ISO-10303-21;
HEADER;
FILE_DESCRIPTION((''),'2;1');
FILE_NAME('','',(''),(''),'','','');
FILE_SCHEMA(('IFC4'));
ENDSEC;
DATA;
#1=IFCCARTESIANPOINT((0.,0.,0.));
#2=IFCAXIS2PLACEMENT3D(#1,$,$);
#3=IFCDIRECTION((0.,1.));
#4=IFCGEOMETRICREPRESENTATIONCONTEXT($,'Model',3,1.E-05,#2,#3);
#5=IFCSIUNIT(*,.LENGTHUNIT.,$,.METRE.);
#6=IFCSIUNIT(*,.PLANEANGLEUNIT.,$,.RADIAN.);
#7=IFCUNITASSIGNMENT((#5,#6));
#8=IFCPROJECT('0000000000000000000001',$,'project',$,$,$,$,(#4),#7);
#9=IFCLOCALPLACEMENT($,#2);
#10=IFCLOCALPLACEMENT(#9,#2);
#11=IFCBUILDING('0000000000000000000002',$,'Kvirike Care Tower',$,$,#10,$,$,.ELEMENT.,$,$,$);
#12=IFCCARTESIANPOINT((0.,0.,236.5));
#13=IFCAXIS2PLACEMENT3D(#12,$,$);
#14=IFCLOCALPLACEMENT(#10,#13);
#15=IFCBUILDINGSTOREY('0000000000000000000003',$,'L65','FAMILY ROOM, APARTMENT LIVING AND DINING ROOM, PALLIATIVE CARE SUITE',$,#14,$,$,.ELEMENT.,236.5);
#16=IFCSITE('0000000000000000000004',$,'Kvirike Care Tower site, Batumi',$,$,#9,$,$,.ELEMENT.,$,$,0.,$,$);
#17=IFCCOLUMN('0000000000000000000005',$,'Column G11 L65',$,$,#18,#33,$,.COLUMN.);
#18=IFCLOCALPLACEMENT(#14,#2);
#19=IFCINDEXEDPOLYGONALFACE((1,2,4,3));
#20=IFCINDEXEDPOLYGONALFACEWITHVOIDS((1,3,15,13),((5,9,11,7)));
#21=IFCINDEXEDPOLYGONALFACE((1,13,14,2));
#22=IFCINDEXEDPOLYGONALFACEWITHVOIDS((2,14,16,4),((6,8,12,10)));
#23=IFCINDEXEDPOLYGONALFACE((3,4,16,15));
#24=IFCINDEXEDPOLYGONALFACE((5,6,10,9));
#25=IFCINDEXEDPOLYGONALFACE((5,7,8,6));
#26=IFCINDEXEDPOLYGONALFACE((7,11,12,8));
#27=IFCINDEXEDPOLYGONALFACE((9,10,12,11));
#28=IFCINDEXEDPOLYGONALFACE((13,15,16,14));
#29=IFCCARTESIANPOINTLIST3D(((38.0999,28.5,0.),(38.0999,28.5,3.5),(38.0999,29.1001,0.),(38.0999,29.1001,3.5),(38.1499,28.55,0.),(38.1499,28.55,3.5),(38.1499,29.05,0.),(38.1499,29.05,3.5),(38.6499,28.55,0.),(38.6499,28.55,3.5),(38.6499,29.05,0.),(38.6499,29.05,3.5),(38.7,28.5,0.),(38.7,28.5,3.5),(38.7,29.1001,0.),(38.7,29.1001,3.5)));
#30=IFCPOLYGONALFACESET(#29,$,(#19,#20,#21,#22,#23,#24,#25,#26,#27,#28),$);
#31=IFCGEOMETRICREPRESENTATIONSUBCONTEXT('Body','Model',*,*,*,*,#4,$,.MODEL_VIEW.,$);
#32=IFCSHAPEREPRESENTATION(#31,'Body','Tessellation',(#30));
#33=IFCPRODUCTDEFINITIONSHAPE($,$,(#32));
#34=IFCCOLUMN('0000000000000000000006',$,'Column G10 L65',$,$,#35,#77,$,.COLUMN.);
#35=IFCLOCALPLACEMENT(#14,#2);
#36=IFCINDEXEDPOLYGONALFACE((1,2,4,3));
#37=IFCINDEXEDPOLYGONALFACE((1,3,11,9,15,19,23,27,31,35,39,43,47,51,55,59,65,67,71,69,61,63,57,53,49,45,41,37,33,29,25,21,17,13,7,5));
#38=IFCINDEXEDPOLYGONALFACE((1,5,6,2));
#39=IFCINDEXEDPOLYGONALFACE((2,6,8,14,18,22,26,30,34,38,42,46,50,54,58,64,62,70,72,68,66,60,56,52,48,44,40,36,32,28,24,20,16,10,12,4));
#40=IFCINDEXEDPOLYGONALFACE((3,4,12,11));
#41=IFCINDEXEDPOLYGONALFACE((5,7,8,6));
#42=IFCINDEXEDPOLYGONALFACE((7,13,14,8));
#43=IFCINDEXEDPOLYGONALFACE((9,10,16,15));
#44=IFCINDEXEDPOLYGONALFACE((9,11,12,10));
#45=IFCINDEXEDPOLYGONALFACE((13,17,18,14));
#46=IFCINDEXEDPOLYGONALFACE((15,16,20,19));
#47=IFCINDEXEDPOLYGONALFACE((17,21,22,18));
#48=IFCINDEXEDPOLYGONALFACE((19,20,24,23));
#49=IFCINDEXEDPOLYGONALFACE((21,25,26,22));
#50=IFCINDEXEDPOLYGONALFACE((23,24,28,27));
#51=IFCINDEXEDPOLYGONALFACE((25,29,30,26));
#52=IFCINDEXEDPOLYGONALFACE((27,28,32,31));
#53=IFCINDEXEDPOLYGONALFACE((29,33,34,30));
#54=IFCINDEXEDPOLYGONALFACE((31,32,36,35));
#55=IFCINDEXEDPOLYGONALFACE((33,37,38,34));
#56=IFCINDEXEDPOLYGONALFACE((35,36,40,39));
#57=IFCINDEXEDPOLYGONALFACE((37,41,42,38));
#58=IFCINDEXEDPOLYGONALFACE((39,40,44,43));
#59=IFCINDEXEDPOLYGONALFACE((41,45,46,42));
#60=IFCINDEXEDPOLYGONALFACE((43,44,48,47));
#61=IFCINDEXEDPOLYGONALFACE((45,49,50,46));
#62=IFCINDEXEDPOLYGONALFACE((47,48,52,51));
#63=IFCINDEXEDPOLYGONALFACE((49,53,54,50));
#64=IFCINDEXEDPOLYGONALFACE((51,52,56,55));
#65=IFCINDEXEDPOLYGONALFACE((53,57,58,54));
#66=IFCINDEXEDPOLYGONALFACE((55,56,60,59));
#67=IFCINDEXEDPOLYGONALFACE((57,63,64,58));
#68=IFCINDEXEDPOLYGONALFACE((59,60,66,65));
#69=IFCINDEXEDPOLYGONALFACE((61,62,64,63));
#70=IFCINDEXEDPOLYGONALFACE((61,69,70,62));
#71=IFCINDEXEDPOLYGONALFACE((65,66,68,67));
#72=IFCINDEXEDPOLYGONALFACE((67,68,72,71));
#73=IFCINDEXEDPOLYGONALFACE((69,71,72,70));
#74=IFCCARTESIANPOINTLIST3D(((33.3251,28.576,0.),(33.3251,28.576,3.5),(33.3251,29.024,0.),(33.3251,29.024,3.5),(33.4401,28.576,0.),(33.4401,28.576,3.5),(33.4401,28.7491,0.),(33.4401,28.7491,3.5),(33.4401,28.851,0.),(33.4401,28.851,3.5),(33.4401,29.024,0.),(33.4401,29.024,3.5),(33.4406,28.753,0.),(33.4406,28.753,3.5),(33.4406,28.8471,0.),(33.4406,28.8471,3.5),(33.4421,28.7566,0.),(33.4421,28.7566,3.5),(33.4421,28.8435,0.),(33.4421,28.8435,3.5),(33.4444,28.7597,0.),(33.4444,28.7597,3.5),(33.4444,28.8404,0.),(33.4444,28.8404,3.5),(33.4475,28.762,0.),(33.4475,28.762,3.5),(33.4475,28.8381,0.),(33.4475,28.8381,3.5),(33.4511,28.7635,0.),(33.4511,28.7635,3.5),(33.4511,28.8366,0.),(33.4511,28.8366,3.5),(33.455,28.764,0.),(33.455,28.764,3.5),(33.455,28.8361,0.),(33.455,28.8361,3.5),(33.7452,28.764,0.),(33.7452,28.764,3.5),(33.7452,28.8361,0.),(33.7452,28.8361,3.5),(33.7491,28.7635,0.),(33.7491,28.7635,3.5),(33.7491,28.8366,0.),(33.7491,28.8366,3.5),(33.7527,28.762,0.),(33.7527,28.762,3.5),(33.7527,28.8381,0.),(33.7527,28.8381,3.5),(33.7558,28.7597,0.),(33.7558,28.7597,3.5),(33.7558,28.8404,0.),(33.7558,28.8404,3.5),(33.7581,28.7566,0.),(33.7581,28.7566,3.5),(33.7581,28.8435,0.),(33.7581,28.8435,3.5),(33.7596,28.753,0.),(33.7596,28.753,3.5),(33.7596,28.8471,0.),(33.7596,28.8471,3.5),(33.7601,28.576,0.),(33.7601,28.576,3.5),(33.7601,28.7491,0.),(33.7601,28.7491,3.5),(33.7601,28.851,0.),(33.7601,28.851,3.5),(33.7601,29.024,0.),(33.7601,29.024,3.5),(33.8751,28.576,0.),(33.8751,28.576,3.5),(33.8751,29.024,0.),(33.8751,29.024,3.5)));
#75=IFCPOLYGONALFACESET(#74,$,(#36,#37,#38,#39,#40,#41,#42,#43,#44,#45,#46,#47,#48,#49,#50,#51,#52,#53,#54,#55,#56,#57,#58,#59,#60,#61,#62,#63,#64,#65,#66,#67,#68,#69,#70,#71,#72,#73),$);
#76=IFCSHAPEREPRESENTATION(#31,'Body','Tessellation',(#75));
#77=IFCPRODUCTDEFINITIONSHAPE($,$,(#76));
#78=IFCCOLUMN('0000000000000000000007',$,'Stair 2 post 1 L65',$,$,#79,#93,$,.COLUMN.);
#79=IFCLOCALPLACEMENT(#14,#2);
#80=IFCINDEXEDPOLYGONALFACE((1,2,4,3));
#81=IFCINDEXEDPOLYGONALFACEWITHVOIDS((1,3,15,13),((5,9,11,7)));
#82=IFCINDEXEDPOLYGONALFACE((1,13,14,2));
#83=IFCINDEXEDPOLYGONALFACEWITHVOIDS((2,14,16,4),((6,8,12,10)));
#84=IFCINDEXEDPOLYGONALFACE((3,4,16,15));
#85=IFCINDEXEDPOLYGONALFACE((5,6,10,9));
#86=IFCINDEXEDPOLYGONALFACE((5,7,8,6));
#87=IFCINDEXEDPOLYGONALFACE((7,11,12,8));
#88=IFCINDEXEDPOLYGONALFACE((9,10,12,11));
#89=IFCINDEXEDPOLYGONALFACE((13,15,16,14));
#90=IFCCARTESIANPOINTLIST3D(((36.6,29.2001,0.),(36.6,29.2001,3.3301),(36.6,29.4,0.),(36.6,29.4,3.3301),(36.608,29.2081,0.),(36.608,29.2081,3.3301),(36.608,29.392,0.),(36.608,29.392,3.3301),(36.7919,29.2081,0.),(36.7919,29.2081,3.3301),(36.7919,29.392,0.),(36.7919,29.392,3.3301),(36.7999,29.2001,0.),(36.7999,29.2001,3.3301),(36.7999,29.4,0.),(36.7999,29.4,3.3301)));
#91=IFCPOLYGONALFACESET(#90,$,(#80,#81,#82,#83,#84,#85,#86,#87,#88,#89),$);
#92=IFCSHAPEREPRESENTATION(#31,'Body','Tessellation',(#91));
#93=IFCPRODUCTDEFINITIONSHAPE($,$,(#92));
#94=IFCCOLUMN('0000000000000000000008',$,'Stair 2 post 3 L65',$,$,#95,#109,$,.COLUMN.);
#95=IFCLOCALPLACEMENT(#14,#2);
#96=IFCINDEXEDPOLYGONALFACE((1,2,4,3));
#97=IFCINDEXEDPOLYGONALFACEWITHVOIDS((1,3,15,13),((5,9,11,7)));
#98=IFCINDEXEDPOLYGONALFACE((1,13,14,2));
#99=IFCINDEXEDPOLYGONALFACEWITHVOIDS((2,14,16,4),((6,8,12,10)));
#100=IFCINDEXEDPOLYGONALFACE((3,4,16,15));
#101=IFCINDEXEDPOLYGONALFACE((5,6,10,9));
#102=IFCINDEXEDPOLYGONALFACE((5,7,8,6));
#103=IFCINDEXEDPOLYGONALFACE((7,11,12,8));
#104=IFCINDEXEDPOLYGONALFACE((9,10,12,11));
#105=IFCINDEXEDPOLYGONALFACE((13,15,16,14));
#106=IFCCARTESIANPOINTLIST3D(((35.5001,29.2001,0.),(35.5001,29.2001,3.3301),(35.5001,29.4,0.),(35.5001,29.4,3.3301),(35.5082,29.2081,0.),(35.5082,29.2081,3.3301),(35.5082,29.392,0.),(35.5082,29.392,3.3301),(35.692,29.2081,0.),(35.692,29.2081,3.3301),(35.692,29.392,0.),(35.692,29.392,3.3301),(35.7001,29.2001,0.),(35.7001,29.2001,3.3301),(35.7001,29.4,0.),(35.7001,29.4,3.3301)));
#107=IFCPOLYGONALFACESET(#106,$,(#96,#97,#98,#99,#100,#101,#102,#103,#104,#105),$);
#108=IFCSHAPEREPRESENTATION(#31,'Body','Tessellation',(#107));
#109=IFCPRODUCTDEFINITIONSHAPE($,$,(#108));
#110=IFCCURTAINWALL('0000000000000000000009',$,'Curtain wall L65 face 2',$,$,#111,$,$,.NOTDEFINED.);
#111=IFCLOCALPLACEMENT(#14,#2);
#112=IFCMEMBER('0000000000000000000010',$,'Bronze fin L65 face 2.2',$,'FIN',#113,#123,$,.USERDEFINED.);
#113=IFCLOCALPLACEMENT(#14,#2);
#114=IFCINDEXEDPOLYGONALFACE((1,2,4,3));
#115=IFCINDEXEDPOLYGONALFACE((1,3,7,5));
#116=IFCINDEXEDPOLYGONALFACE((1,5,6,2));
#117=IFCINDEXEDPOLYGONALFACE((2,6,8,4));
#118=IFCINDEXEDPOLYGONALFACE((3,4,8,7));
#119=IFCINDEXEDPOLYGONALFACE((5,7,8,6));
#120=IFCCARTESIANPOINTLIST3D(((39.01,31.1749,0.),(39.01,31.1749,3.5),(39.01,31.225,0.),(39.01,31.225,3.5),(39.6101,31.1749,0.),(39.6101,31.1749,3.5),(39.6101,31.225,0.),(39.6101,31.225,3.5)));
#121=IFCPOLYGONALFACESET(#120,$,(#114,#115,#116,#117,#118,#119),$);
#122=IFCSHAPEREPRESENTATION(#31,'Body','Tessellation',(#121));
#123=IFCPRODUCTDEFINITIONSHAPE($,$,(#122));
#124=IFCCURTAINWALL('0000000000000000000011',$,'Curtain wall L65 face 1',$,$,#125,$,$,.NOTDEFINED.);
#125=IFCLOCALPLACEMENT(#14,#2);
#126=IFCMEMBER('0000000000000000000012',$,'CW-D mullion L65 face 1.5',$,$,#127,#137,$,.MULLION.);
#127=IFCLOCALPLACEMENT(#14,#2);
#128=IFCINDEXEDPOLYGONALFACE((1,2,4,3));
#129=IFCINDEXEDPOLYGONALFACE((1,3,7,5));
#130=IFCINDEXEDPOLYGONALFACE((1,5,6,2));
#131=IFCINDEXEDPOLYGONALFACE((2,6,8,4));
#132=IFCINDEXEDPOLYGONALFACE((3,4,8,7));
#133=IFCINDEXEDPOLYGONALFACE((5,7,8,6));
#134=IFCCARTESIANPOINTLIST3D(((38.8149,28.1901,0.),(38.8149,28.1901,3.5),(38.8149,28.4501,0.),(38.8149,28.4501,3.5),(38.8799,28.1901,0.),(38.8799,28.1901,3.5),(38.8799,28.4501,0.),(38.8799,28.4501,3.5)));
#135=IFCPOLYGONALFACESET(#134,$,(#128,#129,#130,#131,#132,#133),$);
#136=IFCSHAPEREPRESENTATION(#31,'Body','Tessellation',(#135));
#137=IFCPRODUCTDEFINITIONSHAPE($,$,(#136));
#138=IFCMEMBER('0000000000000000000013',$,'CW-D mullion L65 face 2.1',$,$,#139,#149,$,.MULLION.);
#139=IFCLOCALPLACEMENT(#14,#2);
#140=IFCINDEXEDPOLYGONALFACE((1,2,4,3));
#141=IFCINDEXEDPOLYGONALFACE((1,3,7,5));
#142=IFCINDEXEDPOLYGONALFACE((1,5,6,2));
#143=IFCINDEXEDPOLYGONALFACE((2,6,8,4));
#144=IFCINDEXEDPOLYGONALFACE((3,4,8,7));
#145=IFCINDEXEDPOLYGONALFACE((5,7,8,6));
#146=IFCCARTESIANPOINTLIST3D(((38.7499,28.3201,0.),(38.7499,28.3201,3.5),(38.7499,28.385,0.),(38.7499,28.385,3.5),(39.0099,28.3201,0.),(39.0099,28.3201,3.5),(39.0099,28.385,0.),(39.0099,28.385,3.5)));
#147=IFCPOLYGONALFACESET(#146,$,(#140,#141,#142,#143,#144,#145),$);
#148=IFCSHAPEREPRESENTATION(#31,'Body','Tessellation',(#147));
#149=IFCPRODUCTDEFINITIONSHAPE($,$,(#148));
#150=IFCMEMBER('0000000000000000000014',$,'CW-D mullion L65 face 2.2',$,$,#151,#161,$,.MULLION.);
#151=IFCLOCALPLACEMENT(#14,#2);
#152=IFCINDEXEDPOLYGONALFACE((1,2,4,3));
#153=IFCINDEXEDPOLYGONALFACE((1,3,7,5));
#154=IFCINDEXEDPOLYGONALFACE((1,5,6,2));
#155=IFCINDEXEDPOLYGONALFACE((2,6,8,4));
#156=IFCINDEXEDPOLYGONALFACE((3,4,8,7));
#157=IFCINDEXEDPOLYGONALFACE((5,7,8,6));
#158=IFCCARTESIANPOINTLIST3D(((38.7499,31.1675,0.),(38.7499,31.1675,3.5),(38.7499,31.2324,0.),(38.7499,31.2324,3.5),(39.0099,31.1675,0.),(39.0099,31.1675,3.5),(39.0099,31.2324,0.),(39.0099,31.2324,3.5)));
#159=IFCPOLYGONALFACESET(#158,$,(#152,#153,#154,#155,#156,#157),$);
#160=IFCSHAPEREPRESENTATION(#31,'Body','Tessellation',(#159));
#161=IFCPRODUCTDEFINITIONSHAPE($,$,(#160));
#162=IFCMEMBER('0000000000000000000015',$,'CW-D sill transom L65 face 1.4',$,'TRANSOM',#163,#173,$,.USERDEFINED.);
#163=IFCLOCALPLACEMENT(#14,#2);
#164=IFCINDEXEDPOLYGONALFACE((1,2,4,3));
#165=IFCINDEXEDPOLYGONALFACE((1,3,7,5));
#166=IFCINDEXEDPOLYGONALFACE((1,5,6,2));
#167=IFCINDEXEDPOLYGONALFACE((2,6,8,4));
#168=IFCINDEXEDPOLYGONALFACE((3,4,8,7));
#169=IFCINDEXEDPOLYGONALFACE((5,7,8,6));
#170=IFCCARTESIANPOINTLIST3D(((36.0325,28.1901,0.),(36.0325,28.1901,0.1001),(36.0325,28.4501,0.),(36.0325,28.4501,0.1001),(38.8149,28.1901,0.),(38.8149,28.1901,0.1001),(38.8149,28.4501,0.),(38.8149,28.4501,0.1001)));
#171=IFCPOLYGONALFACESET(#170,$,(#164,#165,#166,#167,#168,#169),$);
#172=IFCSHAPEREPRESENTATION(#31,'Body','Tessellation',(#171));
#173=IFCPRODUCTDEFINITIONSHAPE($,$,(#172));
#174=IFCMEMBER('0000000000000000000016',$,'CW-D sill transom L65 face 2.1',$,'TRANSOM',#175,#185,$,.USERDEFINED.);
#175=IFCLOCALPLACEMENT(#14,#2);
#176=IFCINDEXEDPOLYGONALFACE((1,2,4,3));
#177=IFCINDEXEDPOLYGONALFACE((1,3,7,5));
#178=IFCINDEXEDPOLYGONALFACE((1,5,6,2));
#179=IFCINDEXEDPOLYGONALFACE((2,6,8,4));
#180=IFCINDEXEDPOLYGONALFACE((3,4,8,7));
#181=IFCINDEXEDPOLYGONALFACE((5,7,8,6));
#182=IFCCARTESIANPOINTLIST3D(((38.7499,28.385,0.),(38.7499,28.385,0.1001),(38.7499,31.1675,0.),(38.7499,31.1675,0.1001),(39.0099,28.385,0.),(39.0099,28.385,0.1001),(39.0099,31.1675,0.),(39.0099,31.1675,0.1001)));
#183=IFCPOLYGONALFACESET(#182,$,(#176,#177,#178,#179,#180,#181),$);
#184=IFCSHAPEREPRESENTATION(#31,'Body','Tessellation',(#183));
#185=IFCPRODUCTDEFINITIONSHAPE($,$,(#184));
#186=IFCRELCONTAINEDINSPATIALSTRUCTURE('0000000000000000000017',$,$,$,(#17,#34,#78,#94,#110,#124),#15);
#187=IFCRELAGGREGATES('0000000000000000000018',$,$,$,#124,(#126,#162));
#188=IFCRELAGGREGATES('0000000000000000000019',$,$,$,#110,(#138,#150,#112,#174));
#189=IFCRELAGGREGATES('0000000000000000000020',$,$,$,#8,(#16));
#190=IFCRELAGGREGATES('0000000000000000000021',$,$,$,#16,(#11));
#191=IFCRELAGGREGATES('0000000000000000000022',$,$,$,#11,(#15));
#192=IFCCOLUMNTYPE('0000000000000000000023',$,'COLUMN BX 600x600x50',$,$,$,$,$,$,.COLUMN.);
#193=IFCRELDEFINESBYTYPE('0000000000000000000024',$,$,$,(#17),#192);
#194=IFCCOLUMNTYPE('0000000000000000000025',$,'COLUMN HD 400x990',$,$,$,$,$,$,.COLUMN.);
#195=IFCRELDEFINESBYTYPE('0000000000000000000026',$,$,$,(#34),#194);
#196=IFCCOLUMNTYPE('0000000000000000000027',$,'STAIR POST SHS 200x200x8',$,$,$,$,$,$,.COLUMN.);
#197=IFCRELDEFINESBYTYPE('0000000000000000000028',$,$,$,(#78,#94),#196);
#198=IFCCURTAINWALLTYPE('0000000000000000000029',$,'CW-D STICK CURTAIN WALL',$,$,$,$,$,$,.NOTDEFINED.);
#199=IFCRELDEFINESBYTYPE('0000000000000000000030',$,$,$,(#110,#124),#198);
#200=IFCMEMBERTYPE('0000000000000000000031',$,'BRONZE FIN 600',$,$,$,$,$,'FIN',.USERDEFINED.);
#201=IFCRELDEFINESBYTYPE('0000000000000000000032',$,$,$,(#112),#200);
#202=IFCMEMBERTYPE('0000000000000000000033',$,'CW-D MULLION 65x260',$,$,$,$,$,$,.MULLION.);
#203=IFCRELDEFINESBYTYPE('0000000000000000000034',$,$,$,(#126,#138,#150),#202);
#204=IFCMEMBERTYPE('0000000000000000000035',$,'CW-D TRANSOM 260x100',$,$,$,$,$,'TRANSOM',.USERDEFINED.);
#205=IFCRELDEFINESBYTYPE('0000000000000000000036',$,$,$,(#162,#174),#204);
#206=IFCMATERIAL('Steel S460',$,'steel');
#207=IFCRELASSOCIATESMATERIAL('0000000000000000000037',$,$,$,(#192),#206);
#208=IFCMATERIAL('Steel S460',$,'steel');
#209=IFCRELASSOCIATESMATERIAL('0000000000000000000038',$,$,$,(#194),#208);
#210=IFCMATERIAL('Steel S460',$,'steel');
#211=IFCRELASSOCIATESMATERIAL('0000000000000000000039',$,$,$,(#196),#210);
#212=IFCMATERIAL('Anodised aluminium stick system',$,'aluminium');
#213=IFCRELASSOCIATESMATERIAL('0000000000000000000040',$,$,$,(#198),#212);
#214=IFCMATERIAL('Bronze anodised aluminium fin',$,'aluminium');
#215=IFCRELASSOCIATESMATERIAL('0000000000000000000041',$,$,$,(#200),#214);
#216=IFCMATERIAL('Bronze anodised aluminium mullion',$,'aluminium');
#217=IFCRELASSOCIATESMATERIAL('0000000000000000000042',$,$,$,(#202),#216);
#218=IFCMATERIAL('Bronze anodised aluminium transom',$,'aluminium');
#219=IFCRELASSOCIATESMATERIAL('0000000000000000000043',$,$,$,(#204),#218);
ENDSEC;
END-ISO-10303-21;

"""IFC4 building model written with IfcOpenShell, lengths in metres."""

from ifc_helpers import new_model, si_unit, direction, frame, origin, origin_2d, place, context, subcontext, project, spatial, rectangle, hollow_rectangle, i_section, extrude, material, material_profile, profile_set, type_object, element, aggregate, save


model = new_model("IFC4")

# Units and contexts
model_context = context("Model", 3, precision=1e-05, world=origin(), true_north=direction((0.0, 1.0)))
body_context = subcontext(model_context, "Body", "Model", "MODEL_VIEW")
ifc_project = project(units=[si_unit("LENGTHUNIT", "METRE"), si_unit("PLANEANGLEUNIT", "RADIAN")], contexts=[model_context])

# Site, building, storey
site_placement = place(None, origin())
site = spatial("IfcSite", under=ifc_project, at=site_placement, Name="Kvirike Care Tower site, Batumi", CompositionType="ELEMENT", RefElevation=0.0)
building_placement = place(site_placement, origin())
building = spatial("IfcBuilding", under=site, at=building_placement, Name="Kvirike Care Tower", CompositionType="ELEMENT")
storey_placement = place(building_placement, frame((0.0, 0.0, 236.5)))
storey = spatial("IfcBuildingStorey", under=building, at=storey_placement, Name="L65", Description="FAMILY ROOM, APARTMENT LIVING AND DINING ROOM, PALLIATIVE CARE SUITE", CompositionType="ELEMENT", Elevation=236.5)

# Columns
ifc_material_1 = material(Name="Steel S460", Category="steel")
ifc_material_profile_1 = material_profile(ifc_material_1, hollow_rectangle(XDim=0.6001, YDim=0.6001, WallThickness=0.05, at=origin_2d()), Name="BX 600x600x50")
ifc_profile_set_1 = profile_set([ifc_material_profile_1], Name="Steel S460")
column_type_1 = type_object("IfcColumnType", Name="COLUMN BX 600x600x50", PredefinedType="COLUMN", material=ifc_profile_set_1)
column_1_placement = place(storey_placement, frame((38.3999, 28.8, 0.0), z_axis=(0.0, 0.0, 1.0), x_axis=(0.0, 1.0, 0.0)))
element("IfcColumn", 1, at=column_1_placement, inside=storey, type_object=column_type_1, Name="Column G11 L65", PredefinedType="COLUMN", context=body_context, shape_type="SweptSolid", body=[
    extrude(hollow_rectangle(XDim=0.6001, YDim=0.6001, WallThickness=0.05, at=origin_2d()), origin(), (0.0, 0.0, 1.0), 3.5),
])
ifc_material_2 = material(Name="Steel S460", Category="steel")
ifc_material_profile_2 = material_profile(ifc_material_2, i_section(OverallWidth=0.448, OverallDepth=0.55, WebThickness=0.072, FlangeThickness=0.115, FilletRadius=0.0149, at=origin_2d()), Name="HD 400x990")
ifc_profile_set_2 = profile_set([ifc_material_profile_2], Name="Steel S460")
column_type_2 = type_object("IfcColumnType", Name="COLUMN HD 400x990", PredefinedType="COLUMN", material=ifc_profile_set_2)
column_2_placement = place(storey_placement, frame((33.6001, 28.8, 0.0), z_axis=(0.0, 0.0, 1.0), x_axis=(0.0, 1.0, 0.0)))
element("IfcColumn", 2, at=column_2_placement, inside=storey, type_object=column_type_2, Name="Column G10 L65", PredefinedType="COLUMN", context=body_context, shape_type="SweptSolid", body=[
    extrude(i_section(OverallWidth=0.448, OverallDepth=0.55, WebThickness=0.072, FlangeThickness=0.115, FilletRadius=0.0149, at=origin_2d()), origin(), (0.0, 0.0, 1.0), 3.5),
])
ifc_material_3 = material(Name="Steel S460", Category="steel")
ifc_material_profile_3 = material_profile(ifc_material_3, hollow_rectangle(XDim=0.2, YDim=0.2, WallThickness=0.0081, at=origin_2d()), Name="SHS 200x200x8")
ifc_profile_set_3 = profile_set([ifc_material_profile_3], Name="Steel S460")
column_type_3 = type_object("IfcColumnType", Name="STAIR POST SHS 200x200x8", PredefinedType="COLUMN", material=ifc_profile_set_3)
for number, where, z_axis, x_axis, name in (
    (3, (36.7, 29.3, 0.0), (0.0, 0.0, 1.0), (1.0, 0.0, 0.0), "Stair 2 post 1 L65"),
    (4, (35.6001, 29.3, 0.0), (0.0, 0.0, 1.0), (1.0, 0.0, 0.0), "Stair 2 post 3 L65"),
):
    element("IfcColumn", number, at=place(storey_placement, frame(where, z_axis=z_axis, x_axis=x_axis)), inside=storey, type_object=column_type_3, Name=name, PredefinedType="COLUMN", context=body_context, shape_type="SweptSolid", body=[
        extrude(hollow_rectangle(XDim=0.2, YDim=0.2, WallThickness=0.0081, at=origin_2d()), origin(), (0.0, 0.0, 1.0), 3.3301),
    ])

# Curtain walls, members
ifc_material_4 = material(Name="Anodised aluminium stick system", Category="aluminium")
curtain_wall_type = type_object("IfcCurtainWallType", Name="CW-D STICK CURTAIN WALL", PredefinedType="NOTDEFINED", material=ifc_material_4)
curtain_wall_1_placement = place(storey_placement, origin())
curtain_wall_1 = element("IfcCurtainWall", 5, at=curtain_wall_1_placement, inside=storey, type_object=curtain_wall_type, Name="Curtain wall L65 face 2", PredefinedType="NOTDEFINED")
ifc_material_5 = material(Name="Bronze anodised aluminium fin", Category="aluminium")
ifc_material_profile_4 = material_profile(ifc_material_5, rectangle(XDim=0.05, YDim=0.6001, at=origin_2d()), Name="BRONZE FIN 600")
ifc_profile_set_4 = profile_set([ifc_material_profile_4], Name="Bronze anodised aluminium fin")
member_type_1 = type_object("IfcMemberType", Name="BRONZE FIN 600", ElementType="FIN", PredefinedType="USERDEFINED", material=ifc_profile_set_4)
member_1_placement = place(storey_placement, frame((39.3101, 31.2, 0.0), z_axis=(0.0, 0.0, 1.0), x_axis=(0.0, 1.0, 0.0)))
member_1 = element("IfcMember", 6, at=member_1_placement, type_object=member_type_1, Name="Bronze fin L65 face 2.2", ObjectType="FIN", PredefinedType="USERDEFINED", context=body_context, shape_type="SweptSolid", body=[
    extrude(rectangle(XDim=0.05, YDim=0.6001, at=origin_2d()), origin(), (0.0, 0.0, 1.0), 3.5),
])
curtain_wall_2_placement = place(storey_placement, origin())
curtain_wall_2 = element("IfcCurtainWall", 7, at=curtain_wall_2_placement, inside=storey, type_object=curtain_wall_type, Name="Curtain wall L65 face 1", PredefinedType="NOTDEFINED")
ifc_material_6 = material(Name="Bronze anodised aluminium mullion", Category="aluminium")
ifc_material_profile_5 = material_profile(ifc_material_6, rectangle(XDim=0.0649, YDim=0.26, at=origin_2d()), Name="CW-D MULLION 65x260")
ifc_profile_set_5 = profile_set([ifc_material_profile_5], Name="Bronze anodised aluminium mullion")
member_type_2 = type_object("IfcMemberType", Name="CW-D MULLION 65x260", PredefinedType="MULLION", material=ifc_profile_set_5)
member_2_placement = place(storey_placement, frame((38.8474, 28.3201, 0.0), z_axis=(0.0, 0.0, 1.0), x_axis=(1.0, 0.0, 0.0)))
member_2 = element("IfcMember", 8, at=member_2_placement, type_object=member_type_2, Name="CW-D mullion L65 face 1.5", PredefinedType="MULLION", context=body_context, shape_type="SweptSolid", body=[
    extrude(rectangle(XDim=0.0649, YDim=0.26, at=origin_2d()), origin(), (0.0, 0.0, 1.0), 3.5),
])

# Members
member_3_placement = place(storey_placement, frame((38.8799, 28.3525, 0.0), z_axis=(0.0, 0.0, 1.0), x_axis=(0.0, 1.0, 0.0)))
member_3 = element("IfcMember", 9, at=member_3_placement, type_object=member_type_2, Name="CW-D mullion L65 face 2.1", PredefinedType="MULLION", context=body_context, shape_type="SweptSolid", body=[
    extrude(rectangle(XDim=0.0649, YDim=0.26, at=origin_2d()), origin(), (0.0, 0.0, 1.0), 3.5),
])
member_4_placement = place(storey_placement, frame((38.8799, 31.2, 0.0), z_axis=(0.0, 0.0, 1.0), x_axis=(0.0, 1.0, 0.0)))
member_4 = element("IfcMember", 10, at=member_4_placement, type_object=member_type_2, Name="CW-D mullion L65 face 2.2", PredefinedType="MULLION", context=body_context, shape_type="SweptSolid", body=[
    extrude(rectangle(XDim=0.0649, YDim=0.26, at=origin_2d()), origin(), (0.0, 0.0, 1.0), 3.5),
])
ifc_material_7 = material(Name="Bronze anodised aluminium transom", Category="aluminium")
ifc_material_profile_6 = material_profile(ifc_material_7, rectangle(XDim=0.26, YDim=0.1001, at=origin_2d()), Name="CW-D TRANSOM 260x100")
ifc_profile_set_6 = profile_set([ifc_material_profile_6], Name="Bronze anodised aluminium transom")
member_type_3 = type_object("IfcMemberType", Name="CW-D TRANSOM 260x100", ElementType="TRANSOM", PredefinedType="USERDEFINED", material=ifc_profile_set_6)
member_5_placement = place(storey_placement, frame((36.0325, 28.3201, 0.05), z_axis=(1.0, 0.0, 0.0), x_axis=(0.0, 1.0, 0.0)))
member_5 = element("IfcMember", 11, at=member_5_placement, type_object=member_type_3, Name="CW-D sill transom L65 face 1.4", ObjectType="TRANSOM", PredefinedType="USERDEFINED", context=body_context, shape_type="SweptSolid", body=[
    extrude(rectangle(XDim=0.26, YDim=0.1001, at=origin_2d()), origin(), (0.0, 0.0, 1.0), 2.7825),
])
member_6_placement = place(storey_placement, frame((38.8799, 28.385, 0.05), z_axis=(0.0, 1.0, 0.0), x_axis=(-1.0, 0.0, 0.0)))
member_6 = element("IfcMember", 12, at=member_6_placement, type_object=member_type_3, Name="CW-D sill transom L65 face 2.1", ObjectType="TRANSOM", PredefinedType="USERDEFINED", context=body_context, shape_type="SweptSolid", body=[
    extrude(rectangle(XDim=0.26, YDim=0.1001, at=origin_2d()), origin(), (0.0, 0.0, 1.0), 2.7825),
])

aggregate(curtain_wall_2, [member_2, member_5])
aggregate(curtain_wall_1, [member_3, member_4, member_1, member_6])

save(model, "model.ifc")
